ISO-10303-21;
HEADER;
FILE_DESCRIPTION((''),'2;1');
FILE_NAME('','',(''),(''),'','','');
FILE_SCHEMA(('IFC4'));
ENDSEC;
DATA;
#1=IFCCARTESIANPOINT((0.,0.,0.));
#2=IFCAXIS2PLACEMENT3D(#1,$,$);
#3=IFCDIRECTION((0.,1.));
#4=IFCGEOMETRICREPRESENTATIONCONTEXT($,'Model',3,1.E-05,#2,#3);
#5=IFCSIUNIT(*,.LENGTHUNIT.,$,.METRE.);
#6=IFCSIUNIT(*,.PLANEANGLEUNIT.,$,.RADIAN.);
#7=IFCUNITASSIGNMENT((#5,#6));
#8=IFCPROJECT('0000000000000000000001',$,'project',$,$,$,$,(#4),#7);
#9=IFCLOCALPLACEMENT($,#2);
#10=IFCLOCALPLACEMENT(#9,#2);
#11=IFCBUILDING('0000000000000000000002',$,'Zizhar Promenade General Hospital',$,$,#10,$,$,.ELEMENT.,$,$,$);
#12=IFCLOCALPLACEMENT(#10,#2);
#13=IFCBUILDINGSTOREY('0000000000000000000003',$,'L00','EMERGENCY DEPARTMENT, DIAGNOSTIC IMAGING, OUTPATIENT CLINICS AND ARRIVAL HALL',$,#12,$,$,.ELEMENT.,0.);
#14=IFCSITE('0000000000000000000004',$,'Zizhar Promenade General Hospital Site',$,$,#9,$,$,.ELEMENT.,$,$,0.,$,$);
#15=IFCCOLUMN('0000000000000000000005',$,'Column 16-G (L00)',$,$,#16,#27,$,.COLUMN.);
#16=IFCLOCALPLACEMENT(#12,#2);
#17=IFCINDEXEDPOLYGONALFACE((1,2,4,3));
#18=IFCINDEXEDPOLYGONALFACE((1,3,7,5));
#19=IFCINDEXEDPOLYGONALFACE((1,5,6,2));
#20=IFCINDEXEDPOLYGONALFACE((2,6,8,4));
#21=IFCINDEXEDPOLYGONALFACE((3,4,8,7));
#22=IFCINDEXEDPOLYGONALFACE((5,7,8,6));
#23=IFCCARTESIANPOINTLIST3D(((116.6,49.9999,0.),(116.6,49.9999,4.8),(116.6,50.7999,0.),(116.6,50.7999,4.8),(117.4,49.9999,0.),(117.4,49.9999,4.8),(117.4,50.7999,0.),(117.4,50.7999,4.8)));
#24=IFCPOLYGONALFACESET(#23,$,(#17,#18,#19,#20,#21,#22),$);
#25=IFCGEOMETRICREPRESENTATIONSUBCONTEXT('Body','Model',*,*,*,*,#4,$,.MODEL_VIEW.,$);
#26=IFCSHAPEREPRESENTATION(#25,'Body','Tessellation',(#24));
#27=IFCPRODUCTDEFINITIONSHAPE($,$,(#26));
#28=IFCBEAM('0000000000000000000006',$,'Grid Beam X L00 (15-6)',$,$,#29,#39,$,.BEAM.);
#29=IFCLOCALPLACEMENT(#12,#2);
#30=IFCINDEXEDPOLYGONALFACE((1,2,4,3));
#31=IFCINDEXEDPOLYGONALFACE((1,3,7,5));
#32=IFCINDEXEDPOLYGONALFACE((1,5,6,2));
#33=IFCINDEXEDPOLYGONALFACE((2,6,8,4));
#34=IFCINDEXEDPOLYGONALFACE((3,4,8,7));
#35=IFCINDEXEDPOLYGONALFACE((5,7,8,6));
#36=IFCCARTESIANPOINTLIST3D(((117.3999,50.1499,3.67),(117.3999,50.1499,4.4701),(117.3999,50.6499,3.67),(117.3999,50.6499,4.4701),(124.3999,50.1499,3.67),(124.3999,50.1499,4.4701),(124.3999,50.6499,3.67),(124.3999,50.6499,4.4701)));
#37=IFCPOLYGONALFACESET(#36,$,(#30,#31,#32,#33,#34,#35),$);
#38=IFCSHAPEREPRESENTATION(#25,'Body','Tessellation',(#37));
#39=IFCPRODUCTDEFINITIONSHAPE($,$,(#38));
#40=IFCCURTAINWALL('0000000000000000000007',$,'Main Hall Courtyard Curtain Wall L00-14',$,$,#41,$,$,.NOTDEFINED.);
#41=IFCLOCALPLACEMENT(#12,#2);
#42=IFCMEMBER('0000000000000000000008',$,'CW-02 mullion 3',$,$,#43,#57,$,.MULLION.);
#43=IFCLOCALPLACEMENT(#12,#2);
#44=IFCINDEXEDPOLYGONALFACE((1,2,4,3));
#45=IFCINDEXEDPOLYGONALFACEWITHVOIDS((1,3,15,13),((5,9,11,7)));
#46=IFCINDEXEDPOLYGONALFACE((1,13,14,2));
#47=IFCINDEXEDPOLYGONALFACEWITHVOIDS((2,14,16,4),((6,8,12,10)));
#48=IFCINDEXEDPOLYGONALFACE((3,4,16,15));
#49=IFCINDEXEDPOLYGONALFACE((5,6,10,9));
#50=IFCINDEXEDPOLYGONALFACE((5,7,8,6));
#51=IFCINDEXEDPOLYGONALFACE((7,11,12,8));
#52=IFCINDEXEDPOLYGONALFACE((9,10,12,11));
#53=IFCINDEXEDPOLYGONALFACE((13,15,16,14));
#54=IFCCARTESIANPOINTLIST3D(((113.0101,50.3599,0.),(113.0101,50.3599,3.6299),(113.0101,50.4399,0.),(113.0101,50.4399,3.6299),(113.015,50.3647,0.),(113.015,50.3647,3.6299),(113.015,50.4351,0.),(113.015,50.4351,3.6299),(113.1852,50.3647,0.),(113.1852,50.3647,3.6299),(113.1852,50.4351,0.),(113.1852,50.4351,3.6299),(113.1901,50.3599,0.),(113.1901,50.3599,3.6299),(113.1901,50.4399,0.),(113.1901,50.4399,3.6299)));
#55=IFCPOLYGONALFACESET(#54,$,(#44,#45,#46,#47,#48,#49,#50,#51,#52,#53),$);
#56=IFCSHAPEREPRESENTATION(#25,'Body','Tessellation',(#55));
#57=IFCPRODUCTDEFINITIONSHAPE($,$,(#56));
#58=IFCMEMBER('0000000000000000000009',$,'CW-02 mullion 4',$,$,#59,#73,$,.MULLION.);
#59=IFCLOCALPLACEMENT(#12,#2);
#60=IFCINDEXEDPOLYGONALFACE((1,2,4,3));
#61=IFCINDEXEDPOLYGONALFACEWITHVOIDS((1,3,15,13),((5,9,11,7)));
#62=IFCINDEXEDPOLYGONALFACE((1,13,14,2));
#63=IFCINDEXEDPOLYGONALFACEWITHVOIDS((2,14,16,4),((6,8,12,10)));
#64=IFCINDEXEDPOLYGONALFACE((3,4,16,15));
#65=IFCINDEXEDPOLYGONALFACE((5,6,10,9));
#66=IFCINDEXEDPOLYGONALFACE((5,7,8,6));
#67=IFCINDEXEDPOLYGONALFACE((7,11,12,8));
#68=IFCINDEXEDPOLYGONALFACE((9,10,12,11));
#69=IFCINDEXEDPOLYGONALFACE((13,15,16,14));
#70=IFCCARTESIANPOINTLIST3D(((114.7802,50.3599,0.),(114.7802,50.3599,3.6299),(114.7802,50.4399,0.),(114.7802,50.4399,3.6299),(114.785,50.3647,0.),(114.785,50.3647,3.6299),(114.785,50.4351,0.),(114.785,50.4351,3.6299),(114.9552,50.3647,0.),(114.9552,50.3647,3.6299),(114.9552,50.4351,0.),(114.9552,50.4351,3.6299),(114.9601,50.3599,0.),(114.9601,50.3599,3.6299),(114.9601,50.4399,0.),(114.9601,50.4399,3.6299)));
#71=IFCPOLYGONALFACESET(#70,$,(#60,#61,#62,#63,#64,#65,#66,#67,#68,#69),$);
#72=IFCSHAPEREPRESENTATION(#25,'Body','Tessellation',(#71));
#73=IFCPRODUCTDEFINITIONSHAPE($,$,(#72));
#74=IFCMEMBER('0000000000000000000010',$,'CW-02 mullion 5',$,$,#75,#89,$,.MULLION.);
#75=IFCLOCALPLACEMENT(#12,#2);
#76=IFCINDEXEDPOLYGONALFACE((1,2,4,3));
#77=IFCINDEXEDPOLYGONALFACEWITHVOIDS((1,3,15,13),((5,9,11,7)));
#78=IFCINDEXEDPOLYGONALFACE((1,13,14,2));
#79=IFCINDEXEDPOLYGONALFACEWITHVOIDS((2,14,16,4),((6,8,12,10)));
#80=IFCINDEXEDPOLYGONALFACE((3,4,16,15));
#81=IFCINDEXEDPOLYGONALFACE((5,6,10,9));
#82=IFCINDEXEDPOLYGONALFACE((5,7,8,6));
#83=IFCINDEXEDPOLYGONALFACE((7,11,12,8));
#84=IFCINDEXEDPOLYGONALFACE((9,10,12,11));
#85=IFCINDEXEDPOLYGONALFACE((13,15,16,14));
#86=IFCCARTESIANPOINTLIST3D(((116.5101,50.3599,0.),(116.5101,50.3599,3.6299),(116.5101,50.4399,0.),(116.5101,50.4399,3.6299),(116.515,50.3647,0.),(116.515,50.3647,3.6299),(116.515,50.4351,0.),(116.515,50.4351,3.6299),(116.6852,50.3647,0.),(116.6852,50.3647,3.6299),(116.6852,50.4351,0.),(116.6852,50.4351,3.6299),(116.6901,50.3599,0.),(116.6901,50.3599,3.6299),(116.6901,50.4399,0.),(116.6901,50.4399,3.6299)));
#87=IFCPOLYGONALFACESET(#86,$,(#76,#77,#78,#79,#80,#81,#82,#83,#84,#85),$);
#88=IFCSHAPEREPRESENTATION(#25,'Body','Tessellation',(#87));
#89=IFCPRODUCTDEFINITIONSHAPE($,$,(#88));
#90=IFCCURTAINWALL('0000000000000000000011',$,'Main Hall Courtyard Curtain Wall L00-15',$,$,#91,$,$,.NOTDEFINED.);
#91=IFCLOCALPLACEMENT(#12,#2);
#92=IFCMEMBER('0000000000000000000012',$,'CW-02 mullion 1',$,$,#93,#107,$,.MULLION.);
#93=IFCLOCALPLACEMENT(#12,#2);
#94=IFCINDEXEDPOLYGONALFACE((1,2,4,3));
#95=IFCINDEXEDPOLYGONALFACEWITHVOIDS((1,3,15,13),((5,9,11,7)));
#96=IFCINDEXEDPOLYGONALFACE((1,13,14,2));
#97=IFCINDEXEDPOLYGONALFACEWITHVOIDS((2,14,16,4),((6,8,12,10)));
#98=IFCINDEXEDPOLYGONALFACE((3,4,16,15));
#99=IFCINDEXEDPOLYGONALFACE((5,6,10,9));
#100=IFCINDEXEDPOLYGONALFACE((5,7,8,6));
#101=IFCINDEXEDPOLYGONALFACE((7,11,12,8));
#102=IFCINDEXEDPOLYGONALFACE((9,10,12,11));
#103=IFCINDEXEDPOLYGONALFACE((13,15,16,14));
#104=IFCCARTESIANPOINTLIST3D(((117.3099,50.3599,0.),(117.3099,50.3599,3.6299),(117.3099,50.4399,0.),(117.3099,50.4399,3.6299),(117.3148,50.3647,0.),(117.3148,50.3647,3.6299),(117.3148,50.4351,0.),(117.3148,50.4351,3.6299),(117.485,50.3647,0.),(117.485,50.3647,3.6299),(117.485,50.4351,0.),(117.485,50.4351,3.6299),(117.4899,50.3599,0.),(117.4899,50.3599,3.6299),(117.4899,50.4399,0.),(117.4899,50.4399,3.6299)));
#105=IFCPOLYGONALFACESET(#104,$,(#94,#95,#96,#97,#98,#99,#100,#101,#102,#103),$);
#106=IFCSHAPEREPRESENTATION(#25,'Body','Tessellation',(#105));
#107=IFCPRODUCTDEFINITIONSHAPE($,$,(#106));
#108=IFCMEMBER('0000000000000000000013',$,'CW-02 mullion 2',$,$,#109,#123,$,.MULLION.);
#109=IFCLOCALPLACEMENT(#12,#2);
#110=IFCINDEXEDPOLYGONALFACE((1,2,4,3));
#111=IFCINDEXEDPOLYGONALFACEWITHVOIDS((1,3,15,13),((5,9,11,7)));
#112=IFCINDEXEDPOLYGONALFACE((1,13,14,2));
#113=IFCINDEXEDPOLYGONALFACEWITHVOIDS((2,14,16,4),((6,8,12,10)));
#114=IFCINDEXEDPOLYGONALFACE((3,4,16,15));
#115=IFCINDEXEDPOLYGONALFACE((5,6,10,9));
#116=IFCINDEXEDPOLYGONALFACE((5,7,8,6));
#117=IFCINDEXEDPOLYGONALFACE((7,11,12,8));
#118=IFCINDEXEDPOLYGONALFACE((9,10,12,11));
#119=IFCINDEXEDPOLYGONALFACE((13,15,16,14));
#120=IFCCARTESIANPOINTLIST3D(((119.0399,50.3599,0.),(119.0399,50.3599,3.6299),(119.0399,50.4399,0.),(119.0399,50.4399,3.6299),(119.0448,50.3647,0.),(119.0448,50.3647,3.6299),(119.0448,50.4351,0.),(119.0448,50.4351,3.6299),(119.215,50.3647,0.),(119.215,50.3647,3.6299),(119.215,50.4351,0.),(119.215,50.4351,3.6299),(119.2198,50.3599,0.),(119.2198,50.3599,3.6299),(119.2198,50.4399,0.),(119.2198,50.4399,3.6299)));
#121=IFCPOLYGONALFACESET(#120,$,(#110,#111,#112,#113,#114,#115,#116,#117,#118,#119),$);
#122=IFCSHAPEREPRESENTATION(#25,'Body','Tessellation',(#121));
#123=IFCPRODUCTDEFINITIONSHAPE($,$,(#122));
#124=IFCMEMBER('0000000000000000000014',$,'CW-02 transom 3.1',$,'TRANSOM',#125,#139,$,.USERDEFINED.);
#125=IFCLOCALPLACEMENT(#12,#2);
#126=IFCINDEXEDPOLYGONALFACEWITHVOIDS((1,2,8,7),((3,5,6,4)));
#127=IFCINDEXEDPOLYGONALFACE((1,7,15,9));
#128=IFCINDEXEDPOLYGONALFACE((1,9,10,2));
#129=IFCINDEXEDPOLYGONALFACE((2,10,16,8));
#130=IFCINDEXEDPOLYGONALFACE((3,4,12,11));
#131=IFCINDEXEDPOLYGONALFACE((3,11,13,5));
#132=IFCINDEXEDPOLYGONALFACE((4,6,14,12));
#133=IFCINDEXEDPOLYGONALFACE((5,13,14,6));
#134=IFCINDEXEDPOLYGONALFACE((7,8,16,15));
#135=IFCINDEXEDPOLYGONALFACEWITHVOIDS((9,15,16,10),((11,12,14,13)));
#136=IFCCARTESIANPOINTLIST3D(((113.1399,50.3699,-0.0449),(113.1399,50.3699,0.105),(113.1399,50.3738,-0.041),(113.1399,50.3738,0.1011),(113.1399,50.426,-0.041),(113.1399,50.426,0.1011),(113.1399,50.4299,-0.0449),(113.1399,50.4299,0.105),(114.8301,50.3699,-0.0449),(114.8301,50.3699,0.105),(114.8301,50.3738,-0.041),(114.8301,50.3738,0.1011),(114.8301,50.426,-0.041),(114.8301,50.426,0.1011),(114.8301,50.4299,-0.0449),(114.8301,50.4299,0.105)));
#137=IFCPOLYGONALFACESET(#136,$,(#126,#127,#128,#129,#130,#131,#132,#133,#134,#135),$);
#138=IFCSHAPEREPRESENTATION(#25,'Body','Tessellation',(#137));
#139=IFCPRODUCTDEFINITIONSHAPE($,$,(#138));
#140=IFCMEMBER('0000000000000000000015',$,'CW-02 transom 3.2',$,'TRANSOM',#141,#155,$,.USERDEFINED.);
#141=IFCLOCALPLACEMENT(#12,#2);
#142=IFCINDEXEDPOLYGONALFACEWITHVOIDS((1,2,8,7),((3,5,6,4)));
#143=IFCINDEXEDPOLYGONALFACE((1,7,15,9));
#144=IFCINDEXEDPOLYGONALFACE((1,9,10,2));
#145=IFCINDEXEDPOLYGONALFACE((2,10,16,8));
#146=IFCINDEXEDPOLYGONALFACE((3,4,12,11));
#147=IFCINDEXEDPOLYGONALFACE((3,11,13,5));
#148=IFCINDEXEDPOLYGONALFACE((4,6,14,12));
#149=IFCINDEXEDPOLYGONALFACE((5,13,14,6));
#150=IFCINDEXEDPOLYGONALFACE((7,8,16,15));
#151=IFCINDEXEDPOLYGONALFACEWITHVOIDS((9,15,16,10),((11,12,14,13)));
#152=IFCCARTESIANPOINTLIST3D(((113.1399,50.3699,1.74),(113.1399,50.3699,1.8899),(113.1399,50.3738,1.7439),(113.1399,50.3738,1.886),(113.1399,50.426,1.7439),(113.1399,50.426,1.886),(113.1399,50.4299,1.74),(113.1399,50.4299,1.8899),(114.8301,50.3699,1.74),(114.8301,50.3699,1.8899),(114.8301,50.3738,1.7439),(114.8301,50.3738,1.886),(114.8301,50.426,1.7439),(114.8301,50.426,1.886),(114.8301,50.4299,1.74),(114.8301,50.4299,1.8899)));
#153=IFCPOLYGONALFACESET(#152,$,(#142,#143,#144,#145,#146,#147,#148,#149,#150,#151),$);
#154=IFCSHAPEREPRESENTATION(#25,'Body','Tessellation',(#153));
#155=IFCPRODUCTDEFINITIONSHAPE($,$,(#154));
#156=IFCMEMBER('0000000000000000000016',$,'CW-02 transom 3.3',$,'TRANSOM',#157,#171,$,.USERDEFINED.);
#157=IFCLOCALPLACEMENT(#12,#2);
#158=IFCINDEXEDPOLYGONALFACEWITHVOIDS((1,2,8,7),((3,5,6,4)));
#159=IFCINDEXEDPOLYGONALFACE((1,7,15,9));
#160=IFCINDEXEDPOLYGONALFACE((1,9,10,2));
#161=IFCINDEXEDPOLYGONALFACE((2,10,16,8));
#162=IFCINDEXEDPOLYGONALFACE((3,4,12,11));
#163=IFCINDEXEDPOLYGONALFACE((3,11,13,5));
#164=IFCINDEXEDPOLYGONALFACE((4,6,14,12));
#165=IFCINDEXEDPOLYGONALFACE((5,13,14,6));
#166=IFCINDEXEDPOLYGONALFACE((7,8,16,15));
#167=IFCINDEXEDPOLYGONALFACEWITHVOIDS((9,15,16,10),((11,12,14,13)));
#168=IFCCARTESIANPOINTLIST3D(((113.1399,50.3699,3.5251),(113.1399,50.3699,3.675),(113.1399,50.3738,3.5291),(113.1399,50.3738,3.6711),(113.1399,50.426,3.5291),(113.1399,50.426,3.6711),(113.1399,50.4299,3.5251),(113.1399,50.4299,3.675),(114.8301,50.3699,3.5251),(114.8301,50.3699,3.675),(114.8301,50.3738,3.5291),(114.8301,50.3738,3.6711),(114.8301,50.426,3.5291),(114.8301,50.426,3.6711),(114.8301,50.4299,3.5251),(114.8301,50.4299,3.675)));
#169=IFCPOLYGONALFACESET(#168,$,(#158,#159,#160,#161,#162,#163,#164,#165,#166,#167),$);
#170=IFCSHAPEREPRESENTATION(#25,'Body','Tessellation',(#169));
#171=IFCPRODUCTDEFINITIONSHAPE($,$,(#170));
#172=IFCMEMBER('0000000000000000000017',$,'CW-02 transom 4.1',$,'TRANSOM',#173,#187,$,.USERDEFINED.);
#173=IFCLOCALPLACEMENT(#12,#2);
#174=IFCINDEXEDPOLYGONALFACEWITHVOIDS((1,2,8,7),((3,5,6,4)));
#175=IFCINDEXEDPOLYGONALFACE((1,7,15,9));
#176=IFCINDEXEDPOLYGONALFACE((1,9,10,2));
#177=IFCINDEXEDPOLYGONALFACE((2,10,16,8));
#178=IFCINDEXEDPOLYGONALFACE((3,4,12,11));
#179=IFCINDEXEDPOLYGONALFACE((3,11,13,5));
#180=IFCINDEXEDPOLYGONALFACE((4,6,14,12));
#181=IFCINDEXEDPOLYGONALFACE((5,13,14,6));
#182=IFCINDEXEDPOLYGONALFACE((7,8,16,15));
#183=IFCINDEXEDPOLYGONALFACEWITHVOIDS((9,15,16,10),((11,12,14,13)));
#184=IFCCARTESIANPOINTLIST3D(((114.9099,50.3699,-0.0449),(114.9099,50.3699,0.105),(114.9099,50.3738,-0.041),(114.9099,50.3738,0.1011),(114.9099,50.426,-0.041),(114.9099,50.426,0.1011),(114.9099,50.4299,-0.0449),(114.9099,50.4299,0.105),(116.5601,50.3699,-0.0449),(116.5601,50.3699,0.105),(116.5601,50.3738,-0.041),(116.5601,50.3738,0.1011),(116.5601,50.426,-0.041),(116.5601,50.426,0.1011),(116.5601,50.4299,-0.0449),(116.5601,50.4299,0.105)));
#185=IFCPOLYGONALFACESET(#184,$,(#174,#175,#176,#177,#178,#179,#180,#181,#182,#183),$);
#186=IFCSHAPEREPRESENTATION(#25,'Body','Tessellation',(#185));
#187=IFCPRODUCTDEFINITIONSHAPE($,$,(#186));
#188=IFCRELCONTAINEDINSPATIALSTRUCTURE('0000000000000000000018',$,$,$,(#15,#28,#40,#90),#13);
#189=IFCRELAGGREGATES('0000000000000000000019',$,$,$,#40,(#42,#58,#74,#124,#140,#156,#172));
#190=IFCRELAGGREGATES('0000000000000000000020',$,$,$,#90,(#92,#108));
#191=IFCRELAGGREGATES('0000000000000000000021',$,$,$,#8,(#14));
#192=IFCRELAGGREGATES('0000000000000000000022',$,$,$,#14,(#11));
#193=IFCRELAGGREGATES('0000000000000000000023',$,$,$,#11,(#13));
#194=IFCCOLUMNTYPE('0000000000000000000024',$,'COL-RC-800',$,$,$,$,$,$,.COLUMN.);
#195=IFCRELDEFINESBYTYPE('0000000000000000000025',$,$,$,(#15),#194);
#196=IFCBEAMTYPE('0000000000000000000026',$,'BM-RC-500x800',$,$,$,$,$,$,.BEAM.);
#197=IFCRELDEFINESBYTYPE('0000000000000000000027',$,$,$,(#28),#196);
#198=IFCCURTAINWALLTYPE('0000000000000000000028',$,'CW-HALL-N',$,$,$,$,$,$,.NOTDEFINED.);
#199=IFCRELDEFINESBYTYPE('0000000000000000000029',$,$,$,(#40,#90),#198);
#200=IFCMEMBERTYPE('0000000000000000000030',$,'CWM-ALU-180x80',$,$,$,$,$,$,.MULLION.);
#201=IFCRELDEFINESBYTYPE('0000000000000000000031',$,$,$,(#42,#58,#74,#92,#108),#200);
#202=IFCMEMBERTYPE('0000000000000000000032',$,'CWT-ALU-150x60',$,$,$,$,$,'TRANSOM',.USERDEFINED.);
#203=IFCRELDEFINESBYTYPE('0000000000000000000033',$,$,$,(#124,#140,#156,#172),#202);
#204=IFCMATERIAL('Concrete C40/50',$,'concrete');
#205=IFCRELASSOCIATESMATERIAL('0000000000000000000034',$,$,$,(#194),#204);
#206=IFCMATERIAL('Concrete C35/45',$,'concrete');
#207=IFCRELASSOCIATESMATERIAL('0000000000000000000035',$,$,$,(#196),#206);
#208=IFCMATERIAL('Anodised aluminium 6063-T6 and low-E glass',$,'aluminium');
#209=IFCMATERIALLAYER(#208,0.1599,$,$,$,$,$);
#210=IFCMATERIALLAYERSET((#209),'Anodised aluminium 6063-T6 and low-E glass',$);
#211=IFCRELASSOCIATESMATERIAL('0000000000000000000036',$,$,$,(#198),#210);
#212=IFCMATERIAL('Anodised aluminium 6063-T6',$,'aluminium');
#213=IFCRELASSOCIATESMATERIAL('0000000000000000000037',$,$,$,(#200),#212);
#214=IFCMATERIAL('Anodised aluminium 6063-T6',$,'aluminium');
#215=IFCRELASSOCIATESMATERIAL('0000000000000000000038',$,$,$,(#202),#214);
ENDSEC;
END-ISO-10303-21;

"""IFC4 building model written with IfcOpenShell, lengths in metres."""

from ifc_helpers import new_model, si_unit, direction, frame, origin, origin_2d, place, context, subcontext, project, spatial, rectangle, hollow_rectangle, extrude, material, layer, layer_set, material_profile, profile_set, type_object, element, aggregate, save


model = new_model("IFC4")

# Units and contexts
model_context = context("Model", 3, precision=1e-05, world=origin(), true_north=direction((0.0, 1.0)))
body_context = subcontext(model_context, "Body", "Model", "MODEL_VIEW")
ifc_project = project(units=[si_unit("LENGTHUNIT", "METRE"), si_unit("PLANEANGLEUNIT", "RADIAN")], contexts=[model_context])

# Site, building, storey
site_placement = place(None, origin())
site = spatial("IfcSite", under=ifc_project, at=site_placement, Name="Zizhar Promenade General Hospital Site", CompositionType="ELEMENT", RefElevation=0.0)
building_placement = place(site_placement, origin())
building = spatial("IfcBuilding", under=site, at=building_placement, Name="Zizhar Promenade General Hospital", CompositionType="ELEMENT")
storey_placement = place(building_placement, origin())
storey = spatial("IfcBuildingStorey", under=building, at=storey_placement, Name="L00", Description="EMERGENCY DEPARTMENT, DIAGNOSTIC IMAGING, OUTPATIENT CLINICS AND ARRIVAL HALL", CompositionType="ELEMENT", Elevation=0.0)

# Column
ifc_material_1 = material(Name="Concrete C40/50", Category="concrete")
ifc_material_profile_1 = material_profile(ifc_material_1, rectangle(XDim=0.8, YDim=0.8, at=origin_2d()))
ifc_profile_set_1 = profile_set([ifc_material_profile_1], Name="Concrete C40/50")
column_type = type_object("IfcColumnType", Name="COL-RC-800", PredefinedType="COLUMN", material=ifc_profile_set_1)
column_placement = place(storey_placement, frame((117.0, 50.3999, 0.0), z_axis=(0.0, 0.0, 1.0), x_axis=(1.0, 0.0, 0.0)))
element("IfcColumn", 1, at=column_placement, inside=storey, type_object=column_type, Name="Column 16-G (L00)", PredefinedType="COLUMN", context=body_context, shape_type="SweptSolid", body=[
    extrude(rectangle(XDim=0.8, YDim=0.8, at=origin_2d()), origin(), (0.0, 0.0, 1.0), 4.8),
])

# Beam
ifc_material_2 = material(Name="Concrete C35/45", Category="concrete")
ifc_material_profile_2 = material_profile(ifc_material_2, rectangle(XDim=0.5, YDim=0.8, at=origin_2d()))
ifc_profile_set_2 = profile_set([ifc_material_profile_2], Name="Concrete C35/45")
beam_type = type_object("IfcBeamType", Name="BM-RC-500x800", PredefinedType="BEAM", material=ifc_profile_set_2)
beam_placement = place(storey_placement, frame((117.3999, 50.3999, 4.0701), z_axis=(1.0, 0.0, 0.0), x_axis=(0.0, 1.0, 0.0)))
element("IfcBeam", 2, at=beam_placement, inside=storey, type_object=beam_type, Name="Grid Beam X L00 (15-6)", PredefinedType="BEAM", context=body_context, shape_type="SweptSolid", body=[
    extrude(rectangle(XDim=0.5, YDim=0.8, at=origin_2d()), origin(), (0.0, 0.0, 1.0), 7.0),
])

# Curtain walls, members
ifc_material_3 = material(Name="Anodised aluminium 6063-T6 and low-E glass", Category="aluminium")
ifc_layer_1 = layer(ifc_material_3, 0.1599)
ifc_layer_set_1 = layer_set([ifc_layer_1], Name="Anodised aluminium 6063-T6 and low-E glass")
curtain_wall_type = type_object("IfcCurtainWallType", Name="CW-HALL-N", PredefinedType="NOTDEFINED", material=ifc_layer_set_1)
curtain_wall_1_placement = place(storey_placement, origin())
curtain_wall_1 = element("IfcCurtainWall", 3, at=curtain_wall_1_placement, inside=storey, type_object=curtain_wall_type, Name="Main Hall Courtyard Curtain Wall L00-14", PredefinedType="NOTDEFINED")
ifc_material_4 = material(Name="Anodised aluminium 6063-T6", Category="aluminium")
ifc_material_profile_3 = material_profile(ifc_material_4, hollow_rectangle(XDim=0.0801, YDim=0.1799, WallThickness=0.0049, at=origin_2d()))
ifc_profile_set_3 = profile_set([ifc_material_profile_3], Name="Anodised aluminium 6063-T6")
member_type_1 = type_object("IfcMemberType", Name="CWM-ALU-180x80", PredefinedType="MULLION", material=ifc_profile_set_3)
member_1_placement = place(storey_placement, frame((113.1001, 50.3999, 0.0), z_axis=(0.0, 0.0, 1.0), x_axis=(0.0, 1.0, 0.0)))
member_1 = element("IfcMember", 4, at=member_1_placement, type_object=member_type_1, Name="CW-02 mullion 3", PredefinedType="MULLION", context=body_context, shape_type="SweptSolid", body=[
    extrude(hollow_rectangle(XDim=0.0801, YDim=0.1799, WallThickness=0.0049, at=origin_2d()), origin(), (0.0, 0.0, 1.0), 3.6299),
])
member_2_placement = place(storey_placement, frame((114.8701, 50.3999, 0.0), z_axis=(0.0, 0.0, 1.0), x_axis=(0.0, 1.0, 0.0)))
member_2 = element("IfcMember", 5, at=member_2_placement, type_object=member_type_1, Name="CW-02 mullion 4", PredefinedType="MULLION", context=body_context, shape_type="SweptSolid", body=[
    extrude(hollow_rectangle(XDim=0.0801, YDim=0.1799, WallThickness=0.0049, at=origin_2d()), origin(), (0.0, 0.0, 1.0), 3.6299),
])
member_3_placement = place(storey_placement, frame((116.6001, 50.3999, 0.0), z_axis=(0.0, 0.0, 1.0), x_axis=(0.0, 1.0, 0.0)))
member_3 = element("IfcMember", 6, at=member_3_placement, type_object=member_type_1, Name="CW-02 mullion 5", PredefinedType="MULLION", context=body_context, shape_type="SweptSolid", body=[
    extrude(hollow_rectangle(XDim=0.0801, YDim=0.1799, WallThickness=0.0049, at=origin_2d()), origin(), (0.0, 0.0, 1.0), 3.6299),
])
curtain_wall_2_placement = place(storey_placement, origin())
curtain_wall_2 = element("IfcCurtainWall", 7, at=curtain_wall_2_placement, inside=storey, type_object=curtain_wall_type, Name="Main Hall Courtyard Curtain Wall L00-15", PredefinedType="NOTDEFINED")
member_4_placement = place(storey_placement, frame((117.3999, 50.3999, 0.0), z_axis=(0.0, 0.0, 1.0), x_axis=(0.0, 1.0, 0.0)))
member_4 = element("IfcMember", 8, at=member_4_placement, type_object=member_type_1, Name="CW-02 mullion 1", PredefinedType="MULLION", context=body_context, shape_type="SweptSolid", body=[
    extrude(hollow_rectangle(XDim=0.0801, YDim=0.1799, WallThickness=0.0049, at=origin_2d()), origin(), (0.0, 0.0, 1.0), 3.6299),
])
member_5_placement = place(storey_placement, frame((119.1299, 50.3999, 0.0), z_axis=(0.0, 0.0, 1.0), x_axis=(0.0, 1.0, 0.0)))
member_5 = element("IfcMember", 9, at=member_5_placement, type_object=member_type_1, Name="CW-02 mullion 2", PredefinedType="MULLION", context=body_context, shape_type="SweptSolid", body=[
    extrude(hollow_rectangle(XDim=0.0801, YDim=0.1799, WallThickness=0.0049, at=origin_2d()), origin(), (0.0, 0.0, 1.0), 3.6299),
])

# Members
ifc_material_5 = material(Name="Anodised aluminium 6063-T6", Category="aluminium")
ifc_material_profile_4 = material_profile(ifc_material_5, hollow_rectangle(XDim=0.0601, YDim=0.1499, WallThickness=0.0039, at=origin_2d()))
ifc_profile_set_4 = profile_set([ifc_material_profile_4], Name="Anodised aluminium 6063-T6")
member_type_2 = type_object("IfcMemberType", Name="CWT-ALU-150x60", ElementType="TRANSOM", PredefinedType="USERDEFINED", material=ifc_profile_set_4)
member_6_placement = place(storey_placement, frame((113.1399, 50.3999, 0.03), z_axis=(1.0, 0.0, 0.0), x_axis=(0.0, 1.0, 0.0)))
member_6 = element("IfcMember", 10, at=member_6_placement, type_object=member_type_2, Name="CW-02 transom 3.1", ObjectType="TRANSOM", PredefinedType="USERDEFINED", context=body_context, shape_type="SweptSolid", body=[
    extrude(hollow_rectangle(XDim=0.0601, YDim=0.1499, WallThickness=0.0039, at=origin_2d()), origin(), (0.0, 0.0, 1.0), 1.6902),
])
member_7_placement = place(storey_placement, frame((113.1399, 50.3999, 1.8149), z_axis=(1.0, 0.0, 0.0), x_axis=(0.0, 1.0, 0.0)))
member_7 = element("IfcMember", 11, at=member_7_placement, type_object=member_type_2, Name="CW-02 transom 3.2", ObjectType="TRANSOM", PredefinedType="USERDEFINED", context=body_context, shape_type="SweptSolid", body=[
    extrude(hollow_rectangle(XDim=0.0601, YDim=0.1499, WallThickness=0.0039, at=origin_2d()), origin(), (0.0, 0.0, 1.0), 1.6902),
])
member_8_placement = place(storey_placement, frame((113.1399, 50.3999, 3.6001), z_axis=(1.0, 0.0, 0.0), x_axis=(0.0, 1.0, 0.0)))
member_8 = element("IfcMember", 12, at=member_8_placement, type_object=member_type_2, Name="CW-02 transom 3.3", ObjectType="TRANSOM", PredefinedType="USERDEFINED", context=body_context, shape_type="SweptSolid", body=[
    extrude(hollow_rectangle(XDim=0.0601, YDim=0.1499, WallThickness=0.0039, at=origin_2d()), origin(), (0.0, 0.0, 1.0), 1.6902),
])
member_9_placement = place(storey_placement, frame((114.9099, 50.3999, 0.03), z_axis=(1.0, 0.0, 0.0), x_axis=(0.0, 1.0, 0.0)))
member_9 = element("IfcMember", 13, at=member_9_placement, type_object=member_type_2, Name="CW-02 transom 4.1", ObjectType="TRANSOM", PredefinedType="USERDEFINED", context=body_context, shape_type="SweptSolid", body=[
    extrude(hollow_rectangle(XDim=0.0601, YDim=0.1499, WallThickness=0.0039, at=origin_2d()), origin(), (0.0, 0.0, 1.0), 1.6501),
])

aggregate(curtain_wall_1, [member_1, member_2, member_3, member_6, member_7, member_8, member_9])
aggregate(curtain_wall_2, [member_4, member_5])

save(model, "model.ifc")
